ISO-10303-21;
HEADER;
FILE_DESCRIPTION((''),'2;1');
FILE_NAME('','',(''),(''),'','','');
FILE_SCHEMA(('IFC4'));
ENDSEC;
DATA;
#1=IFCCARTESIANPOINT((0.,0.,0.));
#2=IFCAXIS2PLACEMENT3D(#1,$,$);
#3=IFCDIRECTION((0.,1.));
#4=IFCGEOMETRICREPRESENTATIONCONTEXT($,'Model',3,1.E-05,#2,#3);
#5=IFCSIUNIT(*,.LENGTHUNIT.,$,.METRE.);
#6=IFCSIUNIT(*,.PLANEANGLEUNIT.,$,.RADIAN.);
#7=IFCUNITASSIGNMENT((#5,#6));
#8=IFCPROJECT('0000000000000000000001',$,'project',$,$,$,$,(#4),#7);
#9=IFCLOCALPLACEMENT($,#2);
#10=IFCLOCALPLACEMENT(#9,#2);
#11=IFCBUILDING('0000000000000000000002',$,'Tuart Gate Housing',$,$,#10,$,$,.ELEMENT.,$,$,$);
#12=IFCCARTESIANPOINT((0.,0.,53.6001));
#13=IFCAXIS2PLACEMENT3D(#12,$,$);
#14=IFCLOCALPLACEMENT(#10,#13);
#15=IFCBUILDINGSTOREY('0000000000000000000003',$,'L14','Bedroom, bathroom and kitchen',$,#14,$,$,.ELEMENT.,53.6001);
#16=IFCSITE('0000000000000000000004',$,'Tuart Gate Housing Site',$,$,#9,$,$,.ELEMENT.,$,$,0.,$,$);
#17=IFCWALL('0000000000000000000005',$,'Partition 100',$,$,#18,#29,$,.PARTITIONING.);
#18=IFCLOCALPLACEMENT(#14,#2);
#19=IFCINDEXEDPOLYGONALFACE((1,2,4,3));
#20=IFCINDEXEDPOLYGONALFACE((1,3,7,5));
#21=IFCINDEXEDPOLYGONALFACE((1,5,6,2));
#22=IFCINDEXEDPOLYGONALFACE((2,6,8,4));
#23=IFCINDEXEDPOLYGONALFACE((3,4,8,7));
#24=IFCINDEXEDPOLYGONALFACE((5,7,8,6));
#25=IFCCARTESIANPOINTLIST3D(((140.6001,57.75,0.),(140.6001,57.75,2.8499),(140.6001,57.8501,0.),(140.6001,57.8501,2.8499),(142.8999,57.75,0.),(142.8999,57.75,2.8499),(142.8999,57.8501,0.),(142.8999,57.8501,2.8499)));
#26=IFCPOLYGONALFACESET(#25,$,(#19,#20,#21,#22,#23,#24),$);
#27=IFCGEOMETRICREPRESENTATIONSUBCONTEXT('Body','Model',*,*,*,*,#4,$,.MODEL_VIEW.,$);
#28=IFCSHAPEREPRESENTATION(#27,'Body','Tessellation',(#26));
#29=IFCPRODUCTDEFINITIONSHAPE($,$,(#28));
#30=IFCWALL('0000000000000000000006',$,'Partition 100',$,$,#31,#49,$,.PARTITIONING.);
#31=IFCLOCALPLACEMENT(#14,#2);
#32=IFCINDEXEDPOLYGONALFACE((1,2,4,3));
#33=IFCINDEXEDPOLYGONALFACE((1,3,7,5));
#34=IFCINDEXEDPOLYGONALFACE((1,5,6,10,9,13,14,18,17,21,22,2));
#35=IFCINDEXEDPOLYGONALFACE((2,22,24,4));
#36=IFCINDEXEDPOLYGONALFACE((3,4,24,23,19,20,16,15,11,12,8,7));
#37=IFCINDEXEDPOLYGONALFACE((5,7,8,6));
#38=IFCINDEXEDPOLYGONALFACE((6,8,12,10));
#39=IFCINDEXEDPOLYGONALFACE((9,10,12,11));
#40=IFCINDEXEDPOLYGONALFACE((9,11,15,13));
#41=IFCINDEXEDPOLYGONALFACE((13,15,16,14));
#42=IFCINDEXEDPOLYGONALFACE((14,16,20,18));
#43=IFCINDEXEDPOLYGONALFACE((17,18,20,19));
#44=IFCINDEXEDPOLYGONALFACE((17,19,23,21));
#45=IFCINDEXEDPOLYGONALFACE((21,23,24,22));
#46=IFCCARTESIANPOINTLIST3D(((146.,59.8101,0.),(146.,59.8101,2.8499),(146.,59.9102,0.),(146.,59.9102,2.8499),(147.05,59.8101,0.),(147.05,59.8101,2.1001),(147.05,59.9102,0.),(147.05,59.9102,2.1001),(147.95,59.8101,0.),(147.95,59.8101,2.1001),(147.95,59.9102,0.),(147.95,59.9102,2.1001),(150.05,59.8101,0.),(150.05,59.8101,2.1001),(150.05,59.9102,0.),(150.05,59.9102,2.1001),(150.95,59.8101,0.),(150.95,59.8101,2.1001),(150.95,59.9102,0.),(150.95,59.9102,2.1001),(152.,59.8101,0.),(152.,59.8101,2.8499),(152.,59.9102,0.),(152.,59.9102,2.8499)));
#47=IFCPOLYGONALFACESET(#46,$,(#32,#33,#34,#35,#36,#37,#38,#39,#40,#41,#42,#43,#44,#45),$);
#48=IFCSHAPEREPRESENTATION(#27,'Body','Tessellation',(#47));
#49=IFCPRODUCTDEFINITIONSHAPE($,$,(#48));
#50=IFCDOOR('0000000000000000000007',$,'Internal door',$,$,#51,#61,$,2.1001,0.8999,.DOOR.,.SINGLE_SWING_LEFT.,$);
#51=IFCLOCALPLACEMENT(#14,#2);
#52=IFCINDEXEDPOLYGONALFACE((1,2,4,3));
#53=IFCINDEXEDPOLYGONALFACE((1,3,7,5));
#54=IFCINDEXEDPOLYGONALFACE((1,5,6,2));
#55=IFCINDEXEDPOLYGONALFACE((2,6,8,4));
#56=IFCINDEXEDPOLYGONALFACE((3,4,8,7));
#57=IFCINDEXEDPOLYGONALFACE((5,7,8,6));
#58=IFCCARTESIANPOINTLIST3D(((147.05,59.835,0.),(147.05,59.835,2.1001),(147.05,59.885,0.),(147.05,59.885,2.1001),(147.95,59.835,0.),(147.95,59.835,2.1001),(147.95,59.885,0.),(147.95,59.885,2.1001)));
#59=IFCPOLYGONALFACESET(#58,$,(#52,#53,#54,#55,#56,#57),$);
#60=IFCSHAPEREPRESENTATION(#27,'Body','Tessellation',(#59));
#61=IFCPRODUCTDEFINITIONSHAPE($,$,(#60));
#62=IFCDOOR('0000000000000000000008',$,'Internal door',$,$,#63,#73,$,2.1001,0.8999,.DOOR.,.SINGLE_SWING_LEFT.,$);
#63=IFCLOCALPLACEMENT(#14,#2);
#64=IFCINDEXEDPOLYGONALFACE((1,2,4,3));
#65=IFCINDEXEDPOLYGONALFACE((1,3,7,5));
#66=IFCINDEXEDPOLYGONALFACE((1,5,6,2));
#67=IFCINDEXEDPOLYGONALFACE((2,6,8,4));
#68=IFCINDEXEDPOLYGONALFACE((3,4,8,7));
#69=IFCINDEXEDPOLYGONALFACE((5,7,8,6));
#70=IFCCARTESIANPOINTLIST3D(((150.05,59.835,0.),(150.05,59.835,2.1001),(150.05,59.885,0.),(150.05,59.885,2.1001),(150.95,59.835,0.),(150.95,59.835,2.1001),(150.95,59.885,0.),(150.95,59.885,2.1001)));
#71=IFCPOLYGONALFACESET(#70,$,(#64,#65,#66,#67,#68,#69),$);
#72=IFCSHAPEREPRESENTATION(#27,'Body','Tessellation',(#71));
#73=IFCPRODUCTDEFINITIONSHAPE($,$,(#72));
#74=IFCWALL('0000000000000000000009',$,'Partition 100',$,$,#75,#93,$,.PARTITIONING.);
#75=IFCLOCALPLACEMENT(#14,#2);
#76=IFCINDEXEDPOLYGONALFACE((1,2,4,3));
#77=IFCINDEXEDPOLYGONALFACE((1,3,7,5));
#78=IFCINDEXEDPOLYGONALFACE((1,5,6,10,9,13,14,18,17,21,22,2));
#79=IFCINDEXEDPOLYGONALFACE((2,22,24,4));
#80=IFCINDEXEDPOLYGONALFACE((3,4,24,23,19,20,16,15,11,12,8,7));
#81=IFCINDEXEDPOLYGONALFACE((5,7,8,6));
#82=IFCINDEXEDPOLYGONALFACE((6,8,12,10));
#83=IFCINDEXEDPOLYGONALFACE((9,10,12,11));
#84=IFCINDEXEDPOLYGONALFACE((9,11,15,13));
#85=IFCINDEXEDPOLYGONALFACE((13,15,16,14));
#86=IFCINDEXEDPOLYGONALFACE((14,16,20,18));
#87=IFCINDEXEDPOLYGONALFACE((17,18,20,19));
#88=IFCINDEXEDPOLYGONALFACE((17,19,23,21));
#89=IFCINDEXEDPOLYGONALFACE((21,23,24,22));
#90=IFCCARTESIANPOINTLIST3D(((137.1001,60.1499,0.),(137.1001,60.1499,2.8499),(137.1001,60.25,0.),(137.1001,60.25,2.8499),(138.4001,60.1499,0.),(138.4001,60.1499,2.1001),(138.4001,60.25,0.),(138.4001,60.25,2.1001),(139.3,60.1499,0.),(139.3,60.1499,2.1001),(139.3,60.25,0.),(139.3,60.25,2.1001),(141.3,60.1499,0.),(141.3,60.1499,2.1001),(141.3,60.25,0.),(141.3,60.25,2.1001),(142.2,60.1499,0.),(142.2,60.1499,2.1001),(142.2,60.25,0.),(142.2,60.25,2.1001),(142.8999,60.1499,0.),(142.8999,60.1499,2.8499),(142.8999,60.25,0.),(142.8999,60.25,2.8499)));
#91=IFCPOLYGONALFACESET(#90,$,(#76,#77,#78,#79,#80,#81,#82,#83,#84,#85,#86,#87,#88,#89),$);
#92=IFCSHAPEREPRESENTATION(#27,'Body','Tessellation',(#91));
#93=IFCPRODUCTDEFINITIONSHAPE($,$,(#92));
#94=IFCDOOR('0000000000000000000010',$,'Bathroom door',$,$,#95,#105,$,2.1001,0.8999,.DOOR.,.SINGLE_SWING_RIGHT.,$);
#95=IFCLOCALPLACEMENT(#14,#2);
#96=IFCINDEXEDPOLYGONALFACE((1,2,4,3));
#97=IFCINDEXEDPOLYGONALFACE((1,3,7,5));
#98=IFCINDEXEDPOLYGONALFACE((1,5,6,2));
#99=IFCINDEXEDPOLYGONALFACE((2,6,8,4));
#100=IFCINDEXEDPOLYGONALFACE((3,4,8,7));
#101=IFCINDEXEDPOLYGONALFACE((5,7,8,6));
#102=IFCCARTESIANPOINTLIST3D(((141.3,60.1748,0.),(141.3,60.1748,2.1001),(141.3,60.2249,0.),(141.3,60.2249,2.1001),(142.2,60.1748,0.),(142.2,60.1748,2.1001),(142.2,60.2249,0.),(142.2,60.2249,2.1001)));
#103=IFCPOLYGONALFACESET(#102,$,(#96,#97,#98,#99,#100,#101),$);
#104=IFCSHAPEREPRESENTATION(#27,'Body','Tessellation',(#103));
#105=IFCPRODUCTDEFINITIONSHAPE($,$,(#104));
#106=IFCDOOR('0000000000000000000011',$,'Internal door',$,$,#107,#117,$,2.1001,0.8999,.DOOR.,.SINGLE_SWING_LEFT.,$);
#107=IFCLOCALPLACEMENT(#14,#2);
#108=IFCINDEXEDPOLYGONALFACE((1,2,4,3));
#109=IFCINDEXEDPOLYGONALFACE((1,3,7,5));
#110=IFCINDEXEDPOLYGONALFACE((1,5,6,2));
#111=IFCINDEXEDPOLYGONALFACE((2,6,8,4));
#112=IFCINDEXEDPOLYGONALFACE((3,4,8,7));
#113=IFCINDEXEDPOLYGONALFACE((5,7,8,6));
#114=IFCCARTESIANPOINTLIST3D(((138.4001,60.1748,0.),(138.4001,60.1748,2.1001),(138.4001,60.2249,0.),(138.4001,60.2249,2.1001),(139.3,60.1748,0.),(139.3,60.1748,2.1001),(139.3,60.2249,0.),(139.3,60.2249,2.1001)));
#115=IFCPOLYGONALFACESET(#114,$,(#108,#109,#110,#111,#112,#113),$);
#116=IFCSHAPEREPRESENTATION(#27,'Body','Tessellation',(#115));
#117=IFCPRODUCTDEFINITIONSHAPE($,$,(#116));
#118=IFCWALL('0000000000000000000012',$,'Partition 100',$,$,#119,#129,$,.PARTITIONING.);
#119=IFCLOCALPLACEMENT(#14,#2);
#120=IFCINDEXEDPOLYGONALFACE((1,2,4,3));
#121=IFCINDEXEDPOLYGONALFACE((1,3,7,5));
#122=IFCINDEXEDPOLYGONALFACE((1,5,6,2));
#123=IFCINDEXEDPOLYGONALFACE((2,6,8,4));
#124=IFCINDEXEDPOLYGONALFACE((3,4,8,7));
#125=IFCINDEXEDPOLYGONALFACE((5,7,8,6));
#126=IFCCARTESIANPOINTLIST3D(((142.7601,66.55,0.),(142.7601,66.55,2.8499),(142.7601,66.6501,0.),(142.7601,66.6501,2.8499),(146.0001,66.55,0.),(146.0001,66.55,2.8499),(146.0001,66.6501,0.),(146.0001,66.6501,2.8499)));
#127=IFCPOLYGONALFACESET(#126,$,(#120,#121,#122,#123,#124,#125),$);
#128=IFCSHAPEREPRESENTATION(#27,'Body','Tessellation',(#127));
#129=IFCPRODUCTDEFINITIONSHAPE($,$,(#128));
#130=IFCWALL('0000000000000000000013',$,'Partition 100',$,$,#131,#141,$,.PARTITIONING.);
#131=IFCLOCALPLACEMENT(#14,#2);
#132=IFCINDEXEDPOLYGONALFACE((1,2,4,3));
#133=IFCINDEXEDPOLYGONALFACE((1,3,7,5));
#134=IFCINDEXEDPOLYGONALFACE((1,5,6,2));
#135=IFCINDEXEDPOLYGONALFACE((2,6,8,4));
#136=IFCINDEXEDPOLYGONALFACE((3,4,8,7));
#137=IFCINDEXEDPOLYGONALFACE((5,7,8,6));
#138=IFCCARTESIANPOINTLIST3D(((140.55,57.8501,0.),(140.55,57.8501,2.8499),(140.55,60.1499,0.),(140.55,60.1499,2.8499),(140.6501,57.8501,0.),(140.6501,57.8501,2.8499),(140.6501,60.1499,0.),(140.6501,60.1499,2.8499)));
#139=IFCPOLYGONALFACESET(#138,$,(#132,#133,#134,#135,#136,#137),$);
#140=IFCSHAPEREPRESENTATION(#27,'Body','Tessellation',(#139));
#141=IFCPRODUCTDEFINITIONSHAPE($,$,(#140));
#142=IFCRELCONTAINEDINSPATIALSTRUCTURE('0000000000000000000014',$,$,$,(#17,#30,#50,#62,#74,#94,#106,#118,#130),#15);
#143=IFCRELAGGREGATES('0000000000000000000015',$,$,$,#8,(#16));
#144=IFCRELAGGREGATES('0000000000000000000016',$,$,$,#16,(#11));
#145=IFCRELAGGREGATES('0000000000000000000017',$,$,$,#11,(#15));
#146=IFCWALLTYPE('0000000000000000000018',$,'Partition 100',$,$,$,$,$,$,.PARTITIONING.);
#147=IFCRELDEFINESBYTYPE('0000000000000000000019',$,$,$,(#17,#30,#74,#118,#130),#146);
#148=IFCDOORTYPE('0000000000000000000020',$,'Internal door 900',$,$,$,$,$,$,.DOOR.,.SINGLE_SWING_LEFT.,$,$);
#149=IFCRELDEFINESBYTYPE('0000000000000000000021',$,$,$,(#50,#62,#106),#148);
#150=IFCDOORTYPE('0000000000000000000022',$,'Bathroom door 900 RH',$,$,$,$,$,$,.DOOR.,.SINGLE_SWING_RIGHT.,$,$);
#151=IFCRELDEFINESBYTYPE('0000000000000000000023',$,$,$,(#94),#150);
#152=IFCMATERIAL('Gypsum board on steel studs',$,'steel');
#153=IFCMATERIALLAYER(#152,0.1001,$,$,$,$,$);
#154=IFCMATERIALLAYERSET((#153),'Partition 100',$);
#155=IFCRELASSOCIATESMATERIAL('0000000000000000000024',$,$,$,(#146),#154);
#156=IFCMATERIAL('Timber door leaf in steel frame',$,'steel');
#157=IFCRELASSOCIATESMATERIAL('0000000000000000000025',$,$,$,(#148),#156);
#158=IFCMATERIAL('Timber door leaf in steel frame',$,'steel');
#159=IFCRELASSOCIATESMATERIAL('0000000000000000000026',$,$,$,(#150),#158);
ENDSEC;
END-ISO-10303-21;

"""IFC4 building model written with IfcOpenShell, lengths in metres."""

from ifc_helpers import new_model, si_unit, direction, frame, frame_2d, origin, place, context, subcontext, project, spatial, rectangle, extrude, material, layer, layer_set, type_object, element, fill, save


model = new_model("IFC4")

# Units and contexts
model_context = context("Model", 3, precision=1e-05, world=origin(), true_north=direction((0.0, 1.0)))
body_context = subcontext(model_context, "Body", "Model", "MODEL_VIEW")
ifc_project = project(units=[si_unit("LENGTHUNIT", "METRE"), si_unit("PLANEANGLEUNIT", "RADIAN")], contexts=[model_context])

# Site, building, storey
site_placement = place(None, origin())
site = spatial("IfcSite", under=ifc_project, at=site_placement, Name="Tuart Gate Housing Site", CompositionType="ELEMENT", RefElevation=0.0)
building_placement = place(site_placement, origin())
building = spatial("IfcBuilding", under=site, at=building_placement, Name="Tuart Gate Housing", CompositionType="ELEMENT")
storey_placement = place(building_placement, frame((0.0, 0.0, 53.6001)))
storey = spatial("IfcBuildingStorey", under=building, at=storey_placement, Name="L14", Description="Bedroom, bathroom and kitchen", CompositionType="ELEMENT", Elevation=53.6001)

# Wall
ifc_material_1 = material(Name="Gypsum board on steel studs", Category="steel")
ifc_layer_1 = layer(ifc_material_1, 0.1001)
ifc_layer_set_1 = layer_set([ifc_layer_1], Name="Partition 100")
wall_type_1 = type_object("IfcWallType", Name="Partition 100", PredefinedType="PARTITIONING", material=ifc_layer_set_1)
wall_1_placement = place(storey_placement, frame((140.6001, 57.8, 0.0), z_axis=(0.0, 0.0, 1.0), x_axis=(1.0, 0.0, 0.0)))
element("IfcWall", 1, at=wall_1_placement, inside=storey, type_object=wall_type_1, Name="Partition 100", PredefinedType="PARTITIONING", context=body_context, shape_type="SweptSolid", body=[
    extrude(rectangle(XDim=2.2998, YDim=0.1001, at=frame_2d((1.1499, 0.0))), origin(), (0.0, 0.0, 1.0), 2.8499),
])

# Walls, openings, doors
wall_2_placement = place(storey_placement, frame((146.0, 59.8601, 0.0), z_axis=(0.0, 0.0, 1.0), x_axis=(1.0, 0.0, 0.0)))
wall_2 = element("IfcWall", 2, at=wall_2_placement, inside=storey, type_object=wall_type_1, Name="Partition 100", PredefinedType="PARTITIONING", context=body_context, shape_type="SweptSolid", body=[
    extrude(rectangle(XDim=6.0, YDim=0.1001, at=frame_2d((3.0, 0.0))), origin(), (0.0, 0.0, 1.0), 2.8499),
])
opening_1_placement = place(wall_2_placement, frame((1.05, 0.0, 0.0)))
opening_1 = element("IfcOpeningElement", 3, at=opening_1_placement, cuts=wall_2, PredefinedType="OPENING", context=body_context, shape_type="SweptSolid", body=[
    extrude(rectangle(XDim=0.8999, YDim=2.1001, at=frame_2d((0.45, 1.05))), frame((0.0, 0.0601, 0.0), z_axis=(0.0, -1.0, 0.0), x_axis=(1.0, 0.0, 0.0)), (0.0, 0.0, 1.0), 0.1201),
])
opening_2_placement = place(wall_2_placement, frame((4.05, 0.0, 0.0)))
opening_2 = element("IfcOpeningElement", 4, at=opening_2_placement, cuts=wall_2, PredefinedType="OPENING", context=body_context, shape_type="SweptSolid", body=[
    extrude(rectangle(XDim=0.8999, YDim=2.1001, at=frame_2d((0.45, 1.05))), frame((0.0, 0.0601, 0.0), z_axis=(0.0, -1.0, 0.0), x_axis=(1.0, 0.0, 0.0)), (0.0, 0.0, 1.0), 0.1201),
])
ifc_material_2 = material(Name="Timber door leaf in steel frame", Category="steel")
door_type_1 = type_object("IfcDoorType", Name="Internal door 900", OperationType="SINGLE_SWING_LEFT", PredefinedType="DOOR", material=ifc_material_2)
door_1_placement = place(opening_1_placement, origin())
door_1 = element("IfcDoor", 5, at=door_1_placement, inside=storey, type_object=door_type_1, Name="Internal door", OperationType="SINGLE_SWING_LEFT", OverallHeight=2.1001, OverallWidth=0.8999, PredefinedType="DOOR", context=body_context, shape_type="SweptSolid", body=[
    extrude(rectangle(XDim=0.8999, YDim=2.1001, at=frame_2d((0.45, 1.05))), frame((0.0, 0.0249, 0.0), z_axis=(0.0, -1.0, 0.0), x_axis=(1.0, 0.0, 0.0)), (0.0, 0.0, 1.0), 0.05),
])
fill(opening_1, door_1)
door_2_placement = place(opening_2_placement, origin())
door_2 = element("IfcDoor", 6, at=door_2_placement, inside=storey, type_object=door_type_1, Name="Internal door", OperationType="SINGLE_SWING_LEFT", OverallHeight=2.1001, OverallWidth=0.8999, PredefinedType="DOOR", context=body_context, shape_type="SweptSolid", body=[
    extrude(rectangle(XDim=0.8999, YDim=2.1001, at=frame_2d((0.45, 1.05))), frame((0.0, 0.0249, 0.0), z_axis=(0.0, -1.0, 0.0), x_axis=(1.0, 0.0, 0.0)), (0.0, 0.0, 1.0), 0.05),
])
fill(opening_2, door_2)
wall_3_placement = place(storey_placement, frame((137.1001, 60.2, 0.0), z_axis=(0.0, 0.0, 1.0), x_axis=(1.0, 0.0, 0.0)))
wall_3 = element("IfcWall", 7, at=wall_3_placement, inside=storey, type_object=wall_type_1, Name="Partition 100", PredefinedType="PARTITIONING", context=body_context, shape_type="SweptSolid", body=[
    extrude(rectangle(XDim=5.7998, YDim=0.1001, at=frame_2d((2.8999, 0.0))), origin(), (0.0, 0.0, 1.0), 2.8499),
])
opening_3_placement = place(wall_3_placement, frame((1.3, 0.0, 0.0)))
opening_3 = element("IfcOpeningElement", 8, at=opening_3_placement, cuts=wall_3, PredefinedType="OPENING", context=body_context, shape_type="SweptSolid", body=[
    extrude(rectangle(XDim=0.8999, YDim=2.1001, at=frame_2d((0.45, 1.05))), frame((0.0, 0.0601, 0.0), z_axis=(0.0, -1.0, 0.0), x_axis=(1.0, 0.0, 0.0)), (0.0, 0.0, 1.0), 0.1201),
])
opening_4_placement = place(wall_3_placement, frame((4.2, 0.0, 0.0)))
opening_4 = element("IfcOpeningElement", 9, at=opening_4_placement, cuts=wall_3, PredefinedType="OPENING", context=body_context, shape_type="SweptSolid", body=[
    extrude(rectangle(XDim=0.8999, YDim=2.1001, at=frame_2d((0.45, 1.05))), frame((0.0, 0.0601, 0.0), z_axis=(0.0, -1.0, 0.0), x_axis=(1.0, 0.0, 0.0)), (0.0, 0.0, 1.0), 0.1201),
])
ifc_material_3 = material(Name="Timber door leaf in steel frame", Category="steel")
door_type_2 = type_object("IfcDoorType", Name="Bathroom door 900 RH", OperationType="SINGLE_SWING_RIGHT", PredefinedType="DOOR", material=ifc_material_3)
door_3_placement = place(opening_4_placement, frame((0.8999, 0.0, 0.0), z_axis=(0.0, 0.0, 1.0), x_axis=(-1.0, 0.0, 0.0)))
door_3 = element("IfcDoor", 10, at=door_3_placement, inside=storey, type_object=door_type_2, Name="Bathroom door", OperationType="SINGLE_SWING_RIGHT", OverallHeight=2.1001, OverallWidth=0.8999, PredefinedType="DOOR", context=body_context, shape_type="SweptSolid", body=[
    extrude(rectangle(XDim=0.8999, YDim=2.1001, at=frame_2d((0.45, 1.05))), frame((0.0, 0.0251, 0.0), z_axis=(0.0, -1.0, 0.0), x_axis=(1.0, 0.0, 0.0)), (0.0, 0.0, 1.0), 0.05),
])
fill(opening_4, door_3)
door_4_placement = place(opening_3_placement, origin())
door_4 = element("IfcDoor", 11, at=door_4_placement, inside=storey, type_object=door_type_1, Name="Internal door", OperationType="SINGLE_SWING_LEFT", OverallHeight=2.1001, OverallWidth=0.8999, PredefinedType="DOOR", context=body_context, shape_type="SweptSolid", body=[
    extrude(rectangle(XDim=0.8999, YDim=2.1001, at=frame_2d((0.45, 1.05))), frame((0.0, 0.0249, 0.0), z_axis=(0.0, -1.0, 0.0), x_axis=(1.0, 0.0, 0.0)), (0.0, 0.0, 1.0), 0.05),
])
fill(opening_3, door_4)

# Walls
wall_4_placement = place(storey_placement, frame((142.76, 66.6001, 0.0), z_axis=(0.0, 0.0, 1.0), x_axis=(1.0, 0.0, 0.0)))
element("IfcWall", 12, at=wall_4_placement, inside=storey, type_object=wall_type_1, Name="Partition 100", PredefinedType="PARTITIONING", context=body_context, shape_type="SweptSolid", body=[
    extrude(rectangle(XDim=3.24, YDim=0.1001, at=frame_2d((1.6201, 0.0))), origin(), (0.0, 0.0, 1.0), 2.8499),
])
wall_5_placement = place(storey_placement, frame((140.6001, 57.8501, 0.0), z_axis=(0.0, 0.0, 1.0), x_axis=(0.0, 1.0, 0.0)))
element("IfcWall", 13, at=wall_5_placement, inside=storey, type_object=wall_type_1, Name="Partition 100", PredefinedType="PARTITIONING", context=body_context, shape_type="SweptSolid", body=[
    extrude(rectangle(XDim=2.2998, YDim=0.1001, at=frame_2d((1.1499, 0.0))), origin(), (0.0, 0.0, 1.0), 2.8499),
])

save(model, "model.ifc")
